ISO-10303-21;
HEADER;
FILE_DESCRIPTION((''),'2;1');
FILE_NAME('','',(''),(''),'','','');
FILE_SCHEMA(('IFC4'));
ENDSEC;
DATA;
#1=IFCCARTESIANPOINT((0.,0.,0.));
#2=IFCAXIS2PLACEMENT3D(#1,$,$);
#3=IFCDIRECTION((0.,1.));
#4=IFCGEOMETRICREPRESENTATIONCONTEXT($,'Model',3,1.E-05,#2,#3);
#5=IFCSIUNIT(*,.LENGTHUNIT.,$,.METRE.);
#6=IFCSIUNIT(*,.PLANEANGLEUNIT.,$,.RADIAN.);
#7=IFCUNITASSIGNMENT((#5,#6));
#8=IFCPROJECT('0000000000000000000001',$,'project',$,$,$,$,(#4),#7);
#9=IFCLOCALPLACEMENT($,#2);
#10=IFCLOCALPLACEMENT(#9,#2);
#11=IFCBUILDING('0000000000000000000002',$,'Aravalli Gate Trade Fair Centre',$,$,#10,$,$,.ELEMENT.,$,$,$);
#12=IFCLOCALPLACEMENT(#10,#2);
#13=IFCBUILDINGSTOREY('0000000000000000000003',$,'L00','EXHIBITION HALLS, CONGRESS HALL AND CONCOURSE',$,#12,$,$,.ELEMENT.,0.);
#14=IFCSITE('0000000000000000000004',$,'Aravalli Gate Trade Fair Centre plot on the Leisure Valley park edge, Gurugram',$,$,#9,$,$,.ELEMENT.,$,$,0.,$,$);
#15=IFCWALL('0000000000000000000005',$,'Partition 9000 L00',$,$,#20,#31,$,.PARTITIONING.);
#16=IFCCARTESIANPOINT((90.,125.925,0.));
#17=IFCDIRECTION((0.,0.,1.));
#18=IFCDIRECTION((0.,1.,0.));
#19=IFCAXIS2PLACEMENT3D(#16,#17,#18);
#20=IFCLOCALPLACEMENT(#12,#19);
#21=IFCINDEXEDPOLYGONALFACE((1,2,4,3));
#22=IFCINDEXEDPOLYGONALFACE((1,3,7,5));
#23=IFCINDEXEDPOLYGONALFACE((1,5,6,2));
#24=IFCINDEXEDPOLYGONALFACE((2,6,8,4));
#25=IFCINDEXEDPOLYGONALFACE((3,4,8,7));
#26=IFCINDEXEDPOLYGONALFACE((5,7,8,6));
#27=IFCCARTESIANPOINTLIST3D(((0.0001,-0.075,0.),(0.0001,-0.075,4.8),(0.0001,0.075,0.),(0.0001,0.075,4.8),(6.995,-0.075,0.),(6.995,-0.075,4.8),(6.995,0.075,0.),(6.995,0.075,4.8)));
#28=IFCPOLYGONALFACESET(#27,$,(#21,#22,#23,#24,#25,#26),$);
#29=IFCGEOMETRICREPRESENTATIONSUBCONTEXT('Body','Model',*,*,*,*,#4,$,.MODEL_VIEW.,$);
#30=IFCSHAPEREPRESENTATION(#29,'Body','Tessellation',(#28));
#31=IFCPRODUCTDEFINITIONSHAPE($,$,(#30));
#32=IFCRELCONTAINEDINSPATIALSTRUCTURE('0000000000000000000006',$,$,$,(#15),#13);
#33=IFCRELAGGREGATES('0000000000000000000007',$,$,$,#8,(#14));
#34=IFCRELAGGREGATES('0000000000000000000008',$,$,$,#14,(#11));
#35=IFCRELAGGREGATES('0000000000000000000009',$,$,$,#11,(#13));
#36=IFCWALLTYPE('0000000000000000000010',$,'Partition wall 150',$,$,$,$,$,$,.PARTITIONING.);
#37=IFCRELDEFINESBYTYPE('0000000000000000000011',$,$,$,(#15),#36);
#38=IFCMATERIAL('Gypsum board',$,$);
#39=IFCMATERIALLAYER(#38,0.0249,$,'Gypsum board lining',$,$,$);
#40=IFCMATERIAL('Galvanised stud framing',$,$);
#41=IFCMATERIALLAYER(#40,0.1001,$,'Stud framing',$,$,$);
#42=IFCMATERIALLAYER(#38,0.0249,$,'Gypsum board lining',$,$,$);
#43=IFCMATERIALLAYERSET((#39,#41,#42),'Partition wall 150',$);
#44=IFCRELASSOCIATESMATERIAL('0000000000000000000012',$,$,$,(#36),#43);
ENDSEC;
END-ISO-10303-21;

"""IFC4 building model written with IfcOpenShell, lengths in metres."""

from ifc_helpers import new_model, si_unit, direction, frame, frame_2d, origin, place, context, subcontext, project, spatial, rectangle, extrude, material, layer, layer_set, type_object, element, save


model = new_model("IFC4")

# Units and contexts
model_context = context("Model", 3, precision=1e-05, world=origin(), true_north=direction((0.0, 1.0)))
body_context = subcontext(model_context, "Body", "Model", "MODEL_VIEW")
ifc_project = project(units=[si_unit("LENGTHUNIT", "METRE"), si_unit("PLANEANGLEUNIT", "RADIAN")], contexts=[model_context])

# Site, building, storey
site_placement = place(None, origin())
site = spatial("IfcSite", under=ifc_project, at=site_placement, Name="Aravalli Gate Trade Fair Centre plot on the Leisure Valley park edge, Gurugram", CompositionType="ELEMENT", RefElevation=0.0)
building_placement = place(site_placement, origin())
building = spatial("IfcBuilding", under=site, at=building_placement, Name="Aravalli Gate Trade Fair Centre", CompositionType="ELEMENT")
storey_placement = place(building_placement, origin())
storey = spatial("IfcBuildingStorey", under=building, at=storey_placement, Name="L00", Description="EXHIBITION HALLS, CONGRESS HALL AND CONCOURSE", CompositionType="ELEMENT", Elevation=0.0)

# Wall
ifc_material_1 = material(Name="Gypsum board")
ifc_layer_1 = layer(ifc_material_1, 0.0249, Name="Gypsum board lining")
ifc_material_2 = material(Name="Galvanised stud framing")
ifc_layer_2 = layer(ifc_material_2, 0.1001, Name="Stud framing")
ifc_layer_3 = layer(ifc_material_1, 0.0249, Name="Gypsum board lining")
ifc_layer_set = layer_set([ifc_layer_1, ifc_layer_2, ifc_layer_3], Name="Partition wall 150")
wall_type = type_object("IfcWallType", Name="Partition wall 150", PredefinedType="PARTITIONING", material=ifc_layer_set)
wall_1_placement = place(storey_placement, frame((90.0, 125.925, 0.0), z_axis=(0.0, 0.0, 1.0), x_axis=(0.0, 1.0, 0.0)))
element("IfcWall", 1, at=wall_1_placement, inside=storey, type_object=wall_type, Name="Partition 9000 L00", PredefinedType="PARTITIONING", context=body_context, shape_type="SweptSolid", body=[
    extrude(rectangle(XDim=6.9949, YDim=0.1499, at=frame_2d((3.4976, 0.0))), origin(), (0.0, 0.0, 1.0), 4.8),
])

save(model, "model.ifc")
